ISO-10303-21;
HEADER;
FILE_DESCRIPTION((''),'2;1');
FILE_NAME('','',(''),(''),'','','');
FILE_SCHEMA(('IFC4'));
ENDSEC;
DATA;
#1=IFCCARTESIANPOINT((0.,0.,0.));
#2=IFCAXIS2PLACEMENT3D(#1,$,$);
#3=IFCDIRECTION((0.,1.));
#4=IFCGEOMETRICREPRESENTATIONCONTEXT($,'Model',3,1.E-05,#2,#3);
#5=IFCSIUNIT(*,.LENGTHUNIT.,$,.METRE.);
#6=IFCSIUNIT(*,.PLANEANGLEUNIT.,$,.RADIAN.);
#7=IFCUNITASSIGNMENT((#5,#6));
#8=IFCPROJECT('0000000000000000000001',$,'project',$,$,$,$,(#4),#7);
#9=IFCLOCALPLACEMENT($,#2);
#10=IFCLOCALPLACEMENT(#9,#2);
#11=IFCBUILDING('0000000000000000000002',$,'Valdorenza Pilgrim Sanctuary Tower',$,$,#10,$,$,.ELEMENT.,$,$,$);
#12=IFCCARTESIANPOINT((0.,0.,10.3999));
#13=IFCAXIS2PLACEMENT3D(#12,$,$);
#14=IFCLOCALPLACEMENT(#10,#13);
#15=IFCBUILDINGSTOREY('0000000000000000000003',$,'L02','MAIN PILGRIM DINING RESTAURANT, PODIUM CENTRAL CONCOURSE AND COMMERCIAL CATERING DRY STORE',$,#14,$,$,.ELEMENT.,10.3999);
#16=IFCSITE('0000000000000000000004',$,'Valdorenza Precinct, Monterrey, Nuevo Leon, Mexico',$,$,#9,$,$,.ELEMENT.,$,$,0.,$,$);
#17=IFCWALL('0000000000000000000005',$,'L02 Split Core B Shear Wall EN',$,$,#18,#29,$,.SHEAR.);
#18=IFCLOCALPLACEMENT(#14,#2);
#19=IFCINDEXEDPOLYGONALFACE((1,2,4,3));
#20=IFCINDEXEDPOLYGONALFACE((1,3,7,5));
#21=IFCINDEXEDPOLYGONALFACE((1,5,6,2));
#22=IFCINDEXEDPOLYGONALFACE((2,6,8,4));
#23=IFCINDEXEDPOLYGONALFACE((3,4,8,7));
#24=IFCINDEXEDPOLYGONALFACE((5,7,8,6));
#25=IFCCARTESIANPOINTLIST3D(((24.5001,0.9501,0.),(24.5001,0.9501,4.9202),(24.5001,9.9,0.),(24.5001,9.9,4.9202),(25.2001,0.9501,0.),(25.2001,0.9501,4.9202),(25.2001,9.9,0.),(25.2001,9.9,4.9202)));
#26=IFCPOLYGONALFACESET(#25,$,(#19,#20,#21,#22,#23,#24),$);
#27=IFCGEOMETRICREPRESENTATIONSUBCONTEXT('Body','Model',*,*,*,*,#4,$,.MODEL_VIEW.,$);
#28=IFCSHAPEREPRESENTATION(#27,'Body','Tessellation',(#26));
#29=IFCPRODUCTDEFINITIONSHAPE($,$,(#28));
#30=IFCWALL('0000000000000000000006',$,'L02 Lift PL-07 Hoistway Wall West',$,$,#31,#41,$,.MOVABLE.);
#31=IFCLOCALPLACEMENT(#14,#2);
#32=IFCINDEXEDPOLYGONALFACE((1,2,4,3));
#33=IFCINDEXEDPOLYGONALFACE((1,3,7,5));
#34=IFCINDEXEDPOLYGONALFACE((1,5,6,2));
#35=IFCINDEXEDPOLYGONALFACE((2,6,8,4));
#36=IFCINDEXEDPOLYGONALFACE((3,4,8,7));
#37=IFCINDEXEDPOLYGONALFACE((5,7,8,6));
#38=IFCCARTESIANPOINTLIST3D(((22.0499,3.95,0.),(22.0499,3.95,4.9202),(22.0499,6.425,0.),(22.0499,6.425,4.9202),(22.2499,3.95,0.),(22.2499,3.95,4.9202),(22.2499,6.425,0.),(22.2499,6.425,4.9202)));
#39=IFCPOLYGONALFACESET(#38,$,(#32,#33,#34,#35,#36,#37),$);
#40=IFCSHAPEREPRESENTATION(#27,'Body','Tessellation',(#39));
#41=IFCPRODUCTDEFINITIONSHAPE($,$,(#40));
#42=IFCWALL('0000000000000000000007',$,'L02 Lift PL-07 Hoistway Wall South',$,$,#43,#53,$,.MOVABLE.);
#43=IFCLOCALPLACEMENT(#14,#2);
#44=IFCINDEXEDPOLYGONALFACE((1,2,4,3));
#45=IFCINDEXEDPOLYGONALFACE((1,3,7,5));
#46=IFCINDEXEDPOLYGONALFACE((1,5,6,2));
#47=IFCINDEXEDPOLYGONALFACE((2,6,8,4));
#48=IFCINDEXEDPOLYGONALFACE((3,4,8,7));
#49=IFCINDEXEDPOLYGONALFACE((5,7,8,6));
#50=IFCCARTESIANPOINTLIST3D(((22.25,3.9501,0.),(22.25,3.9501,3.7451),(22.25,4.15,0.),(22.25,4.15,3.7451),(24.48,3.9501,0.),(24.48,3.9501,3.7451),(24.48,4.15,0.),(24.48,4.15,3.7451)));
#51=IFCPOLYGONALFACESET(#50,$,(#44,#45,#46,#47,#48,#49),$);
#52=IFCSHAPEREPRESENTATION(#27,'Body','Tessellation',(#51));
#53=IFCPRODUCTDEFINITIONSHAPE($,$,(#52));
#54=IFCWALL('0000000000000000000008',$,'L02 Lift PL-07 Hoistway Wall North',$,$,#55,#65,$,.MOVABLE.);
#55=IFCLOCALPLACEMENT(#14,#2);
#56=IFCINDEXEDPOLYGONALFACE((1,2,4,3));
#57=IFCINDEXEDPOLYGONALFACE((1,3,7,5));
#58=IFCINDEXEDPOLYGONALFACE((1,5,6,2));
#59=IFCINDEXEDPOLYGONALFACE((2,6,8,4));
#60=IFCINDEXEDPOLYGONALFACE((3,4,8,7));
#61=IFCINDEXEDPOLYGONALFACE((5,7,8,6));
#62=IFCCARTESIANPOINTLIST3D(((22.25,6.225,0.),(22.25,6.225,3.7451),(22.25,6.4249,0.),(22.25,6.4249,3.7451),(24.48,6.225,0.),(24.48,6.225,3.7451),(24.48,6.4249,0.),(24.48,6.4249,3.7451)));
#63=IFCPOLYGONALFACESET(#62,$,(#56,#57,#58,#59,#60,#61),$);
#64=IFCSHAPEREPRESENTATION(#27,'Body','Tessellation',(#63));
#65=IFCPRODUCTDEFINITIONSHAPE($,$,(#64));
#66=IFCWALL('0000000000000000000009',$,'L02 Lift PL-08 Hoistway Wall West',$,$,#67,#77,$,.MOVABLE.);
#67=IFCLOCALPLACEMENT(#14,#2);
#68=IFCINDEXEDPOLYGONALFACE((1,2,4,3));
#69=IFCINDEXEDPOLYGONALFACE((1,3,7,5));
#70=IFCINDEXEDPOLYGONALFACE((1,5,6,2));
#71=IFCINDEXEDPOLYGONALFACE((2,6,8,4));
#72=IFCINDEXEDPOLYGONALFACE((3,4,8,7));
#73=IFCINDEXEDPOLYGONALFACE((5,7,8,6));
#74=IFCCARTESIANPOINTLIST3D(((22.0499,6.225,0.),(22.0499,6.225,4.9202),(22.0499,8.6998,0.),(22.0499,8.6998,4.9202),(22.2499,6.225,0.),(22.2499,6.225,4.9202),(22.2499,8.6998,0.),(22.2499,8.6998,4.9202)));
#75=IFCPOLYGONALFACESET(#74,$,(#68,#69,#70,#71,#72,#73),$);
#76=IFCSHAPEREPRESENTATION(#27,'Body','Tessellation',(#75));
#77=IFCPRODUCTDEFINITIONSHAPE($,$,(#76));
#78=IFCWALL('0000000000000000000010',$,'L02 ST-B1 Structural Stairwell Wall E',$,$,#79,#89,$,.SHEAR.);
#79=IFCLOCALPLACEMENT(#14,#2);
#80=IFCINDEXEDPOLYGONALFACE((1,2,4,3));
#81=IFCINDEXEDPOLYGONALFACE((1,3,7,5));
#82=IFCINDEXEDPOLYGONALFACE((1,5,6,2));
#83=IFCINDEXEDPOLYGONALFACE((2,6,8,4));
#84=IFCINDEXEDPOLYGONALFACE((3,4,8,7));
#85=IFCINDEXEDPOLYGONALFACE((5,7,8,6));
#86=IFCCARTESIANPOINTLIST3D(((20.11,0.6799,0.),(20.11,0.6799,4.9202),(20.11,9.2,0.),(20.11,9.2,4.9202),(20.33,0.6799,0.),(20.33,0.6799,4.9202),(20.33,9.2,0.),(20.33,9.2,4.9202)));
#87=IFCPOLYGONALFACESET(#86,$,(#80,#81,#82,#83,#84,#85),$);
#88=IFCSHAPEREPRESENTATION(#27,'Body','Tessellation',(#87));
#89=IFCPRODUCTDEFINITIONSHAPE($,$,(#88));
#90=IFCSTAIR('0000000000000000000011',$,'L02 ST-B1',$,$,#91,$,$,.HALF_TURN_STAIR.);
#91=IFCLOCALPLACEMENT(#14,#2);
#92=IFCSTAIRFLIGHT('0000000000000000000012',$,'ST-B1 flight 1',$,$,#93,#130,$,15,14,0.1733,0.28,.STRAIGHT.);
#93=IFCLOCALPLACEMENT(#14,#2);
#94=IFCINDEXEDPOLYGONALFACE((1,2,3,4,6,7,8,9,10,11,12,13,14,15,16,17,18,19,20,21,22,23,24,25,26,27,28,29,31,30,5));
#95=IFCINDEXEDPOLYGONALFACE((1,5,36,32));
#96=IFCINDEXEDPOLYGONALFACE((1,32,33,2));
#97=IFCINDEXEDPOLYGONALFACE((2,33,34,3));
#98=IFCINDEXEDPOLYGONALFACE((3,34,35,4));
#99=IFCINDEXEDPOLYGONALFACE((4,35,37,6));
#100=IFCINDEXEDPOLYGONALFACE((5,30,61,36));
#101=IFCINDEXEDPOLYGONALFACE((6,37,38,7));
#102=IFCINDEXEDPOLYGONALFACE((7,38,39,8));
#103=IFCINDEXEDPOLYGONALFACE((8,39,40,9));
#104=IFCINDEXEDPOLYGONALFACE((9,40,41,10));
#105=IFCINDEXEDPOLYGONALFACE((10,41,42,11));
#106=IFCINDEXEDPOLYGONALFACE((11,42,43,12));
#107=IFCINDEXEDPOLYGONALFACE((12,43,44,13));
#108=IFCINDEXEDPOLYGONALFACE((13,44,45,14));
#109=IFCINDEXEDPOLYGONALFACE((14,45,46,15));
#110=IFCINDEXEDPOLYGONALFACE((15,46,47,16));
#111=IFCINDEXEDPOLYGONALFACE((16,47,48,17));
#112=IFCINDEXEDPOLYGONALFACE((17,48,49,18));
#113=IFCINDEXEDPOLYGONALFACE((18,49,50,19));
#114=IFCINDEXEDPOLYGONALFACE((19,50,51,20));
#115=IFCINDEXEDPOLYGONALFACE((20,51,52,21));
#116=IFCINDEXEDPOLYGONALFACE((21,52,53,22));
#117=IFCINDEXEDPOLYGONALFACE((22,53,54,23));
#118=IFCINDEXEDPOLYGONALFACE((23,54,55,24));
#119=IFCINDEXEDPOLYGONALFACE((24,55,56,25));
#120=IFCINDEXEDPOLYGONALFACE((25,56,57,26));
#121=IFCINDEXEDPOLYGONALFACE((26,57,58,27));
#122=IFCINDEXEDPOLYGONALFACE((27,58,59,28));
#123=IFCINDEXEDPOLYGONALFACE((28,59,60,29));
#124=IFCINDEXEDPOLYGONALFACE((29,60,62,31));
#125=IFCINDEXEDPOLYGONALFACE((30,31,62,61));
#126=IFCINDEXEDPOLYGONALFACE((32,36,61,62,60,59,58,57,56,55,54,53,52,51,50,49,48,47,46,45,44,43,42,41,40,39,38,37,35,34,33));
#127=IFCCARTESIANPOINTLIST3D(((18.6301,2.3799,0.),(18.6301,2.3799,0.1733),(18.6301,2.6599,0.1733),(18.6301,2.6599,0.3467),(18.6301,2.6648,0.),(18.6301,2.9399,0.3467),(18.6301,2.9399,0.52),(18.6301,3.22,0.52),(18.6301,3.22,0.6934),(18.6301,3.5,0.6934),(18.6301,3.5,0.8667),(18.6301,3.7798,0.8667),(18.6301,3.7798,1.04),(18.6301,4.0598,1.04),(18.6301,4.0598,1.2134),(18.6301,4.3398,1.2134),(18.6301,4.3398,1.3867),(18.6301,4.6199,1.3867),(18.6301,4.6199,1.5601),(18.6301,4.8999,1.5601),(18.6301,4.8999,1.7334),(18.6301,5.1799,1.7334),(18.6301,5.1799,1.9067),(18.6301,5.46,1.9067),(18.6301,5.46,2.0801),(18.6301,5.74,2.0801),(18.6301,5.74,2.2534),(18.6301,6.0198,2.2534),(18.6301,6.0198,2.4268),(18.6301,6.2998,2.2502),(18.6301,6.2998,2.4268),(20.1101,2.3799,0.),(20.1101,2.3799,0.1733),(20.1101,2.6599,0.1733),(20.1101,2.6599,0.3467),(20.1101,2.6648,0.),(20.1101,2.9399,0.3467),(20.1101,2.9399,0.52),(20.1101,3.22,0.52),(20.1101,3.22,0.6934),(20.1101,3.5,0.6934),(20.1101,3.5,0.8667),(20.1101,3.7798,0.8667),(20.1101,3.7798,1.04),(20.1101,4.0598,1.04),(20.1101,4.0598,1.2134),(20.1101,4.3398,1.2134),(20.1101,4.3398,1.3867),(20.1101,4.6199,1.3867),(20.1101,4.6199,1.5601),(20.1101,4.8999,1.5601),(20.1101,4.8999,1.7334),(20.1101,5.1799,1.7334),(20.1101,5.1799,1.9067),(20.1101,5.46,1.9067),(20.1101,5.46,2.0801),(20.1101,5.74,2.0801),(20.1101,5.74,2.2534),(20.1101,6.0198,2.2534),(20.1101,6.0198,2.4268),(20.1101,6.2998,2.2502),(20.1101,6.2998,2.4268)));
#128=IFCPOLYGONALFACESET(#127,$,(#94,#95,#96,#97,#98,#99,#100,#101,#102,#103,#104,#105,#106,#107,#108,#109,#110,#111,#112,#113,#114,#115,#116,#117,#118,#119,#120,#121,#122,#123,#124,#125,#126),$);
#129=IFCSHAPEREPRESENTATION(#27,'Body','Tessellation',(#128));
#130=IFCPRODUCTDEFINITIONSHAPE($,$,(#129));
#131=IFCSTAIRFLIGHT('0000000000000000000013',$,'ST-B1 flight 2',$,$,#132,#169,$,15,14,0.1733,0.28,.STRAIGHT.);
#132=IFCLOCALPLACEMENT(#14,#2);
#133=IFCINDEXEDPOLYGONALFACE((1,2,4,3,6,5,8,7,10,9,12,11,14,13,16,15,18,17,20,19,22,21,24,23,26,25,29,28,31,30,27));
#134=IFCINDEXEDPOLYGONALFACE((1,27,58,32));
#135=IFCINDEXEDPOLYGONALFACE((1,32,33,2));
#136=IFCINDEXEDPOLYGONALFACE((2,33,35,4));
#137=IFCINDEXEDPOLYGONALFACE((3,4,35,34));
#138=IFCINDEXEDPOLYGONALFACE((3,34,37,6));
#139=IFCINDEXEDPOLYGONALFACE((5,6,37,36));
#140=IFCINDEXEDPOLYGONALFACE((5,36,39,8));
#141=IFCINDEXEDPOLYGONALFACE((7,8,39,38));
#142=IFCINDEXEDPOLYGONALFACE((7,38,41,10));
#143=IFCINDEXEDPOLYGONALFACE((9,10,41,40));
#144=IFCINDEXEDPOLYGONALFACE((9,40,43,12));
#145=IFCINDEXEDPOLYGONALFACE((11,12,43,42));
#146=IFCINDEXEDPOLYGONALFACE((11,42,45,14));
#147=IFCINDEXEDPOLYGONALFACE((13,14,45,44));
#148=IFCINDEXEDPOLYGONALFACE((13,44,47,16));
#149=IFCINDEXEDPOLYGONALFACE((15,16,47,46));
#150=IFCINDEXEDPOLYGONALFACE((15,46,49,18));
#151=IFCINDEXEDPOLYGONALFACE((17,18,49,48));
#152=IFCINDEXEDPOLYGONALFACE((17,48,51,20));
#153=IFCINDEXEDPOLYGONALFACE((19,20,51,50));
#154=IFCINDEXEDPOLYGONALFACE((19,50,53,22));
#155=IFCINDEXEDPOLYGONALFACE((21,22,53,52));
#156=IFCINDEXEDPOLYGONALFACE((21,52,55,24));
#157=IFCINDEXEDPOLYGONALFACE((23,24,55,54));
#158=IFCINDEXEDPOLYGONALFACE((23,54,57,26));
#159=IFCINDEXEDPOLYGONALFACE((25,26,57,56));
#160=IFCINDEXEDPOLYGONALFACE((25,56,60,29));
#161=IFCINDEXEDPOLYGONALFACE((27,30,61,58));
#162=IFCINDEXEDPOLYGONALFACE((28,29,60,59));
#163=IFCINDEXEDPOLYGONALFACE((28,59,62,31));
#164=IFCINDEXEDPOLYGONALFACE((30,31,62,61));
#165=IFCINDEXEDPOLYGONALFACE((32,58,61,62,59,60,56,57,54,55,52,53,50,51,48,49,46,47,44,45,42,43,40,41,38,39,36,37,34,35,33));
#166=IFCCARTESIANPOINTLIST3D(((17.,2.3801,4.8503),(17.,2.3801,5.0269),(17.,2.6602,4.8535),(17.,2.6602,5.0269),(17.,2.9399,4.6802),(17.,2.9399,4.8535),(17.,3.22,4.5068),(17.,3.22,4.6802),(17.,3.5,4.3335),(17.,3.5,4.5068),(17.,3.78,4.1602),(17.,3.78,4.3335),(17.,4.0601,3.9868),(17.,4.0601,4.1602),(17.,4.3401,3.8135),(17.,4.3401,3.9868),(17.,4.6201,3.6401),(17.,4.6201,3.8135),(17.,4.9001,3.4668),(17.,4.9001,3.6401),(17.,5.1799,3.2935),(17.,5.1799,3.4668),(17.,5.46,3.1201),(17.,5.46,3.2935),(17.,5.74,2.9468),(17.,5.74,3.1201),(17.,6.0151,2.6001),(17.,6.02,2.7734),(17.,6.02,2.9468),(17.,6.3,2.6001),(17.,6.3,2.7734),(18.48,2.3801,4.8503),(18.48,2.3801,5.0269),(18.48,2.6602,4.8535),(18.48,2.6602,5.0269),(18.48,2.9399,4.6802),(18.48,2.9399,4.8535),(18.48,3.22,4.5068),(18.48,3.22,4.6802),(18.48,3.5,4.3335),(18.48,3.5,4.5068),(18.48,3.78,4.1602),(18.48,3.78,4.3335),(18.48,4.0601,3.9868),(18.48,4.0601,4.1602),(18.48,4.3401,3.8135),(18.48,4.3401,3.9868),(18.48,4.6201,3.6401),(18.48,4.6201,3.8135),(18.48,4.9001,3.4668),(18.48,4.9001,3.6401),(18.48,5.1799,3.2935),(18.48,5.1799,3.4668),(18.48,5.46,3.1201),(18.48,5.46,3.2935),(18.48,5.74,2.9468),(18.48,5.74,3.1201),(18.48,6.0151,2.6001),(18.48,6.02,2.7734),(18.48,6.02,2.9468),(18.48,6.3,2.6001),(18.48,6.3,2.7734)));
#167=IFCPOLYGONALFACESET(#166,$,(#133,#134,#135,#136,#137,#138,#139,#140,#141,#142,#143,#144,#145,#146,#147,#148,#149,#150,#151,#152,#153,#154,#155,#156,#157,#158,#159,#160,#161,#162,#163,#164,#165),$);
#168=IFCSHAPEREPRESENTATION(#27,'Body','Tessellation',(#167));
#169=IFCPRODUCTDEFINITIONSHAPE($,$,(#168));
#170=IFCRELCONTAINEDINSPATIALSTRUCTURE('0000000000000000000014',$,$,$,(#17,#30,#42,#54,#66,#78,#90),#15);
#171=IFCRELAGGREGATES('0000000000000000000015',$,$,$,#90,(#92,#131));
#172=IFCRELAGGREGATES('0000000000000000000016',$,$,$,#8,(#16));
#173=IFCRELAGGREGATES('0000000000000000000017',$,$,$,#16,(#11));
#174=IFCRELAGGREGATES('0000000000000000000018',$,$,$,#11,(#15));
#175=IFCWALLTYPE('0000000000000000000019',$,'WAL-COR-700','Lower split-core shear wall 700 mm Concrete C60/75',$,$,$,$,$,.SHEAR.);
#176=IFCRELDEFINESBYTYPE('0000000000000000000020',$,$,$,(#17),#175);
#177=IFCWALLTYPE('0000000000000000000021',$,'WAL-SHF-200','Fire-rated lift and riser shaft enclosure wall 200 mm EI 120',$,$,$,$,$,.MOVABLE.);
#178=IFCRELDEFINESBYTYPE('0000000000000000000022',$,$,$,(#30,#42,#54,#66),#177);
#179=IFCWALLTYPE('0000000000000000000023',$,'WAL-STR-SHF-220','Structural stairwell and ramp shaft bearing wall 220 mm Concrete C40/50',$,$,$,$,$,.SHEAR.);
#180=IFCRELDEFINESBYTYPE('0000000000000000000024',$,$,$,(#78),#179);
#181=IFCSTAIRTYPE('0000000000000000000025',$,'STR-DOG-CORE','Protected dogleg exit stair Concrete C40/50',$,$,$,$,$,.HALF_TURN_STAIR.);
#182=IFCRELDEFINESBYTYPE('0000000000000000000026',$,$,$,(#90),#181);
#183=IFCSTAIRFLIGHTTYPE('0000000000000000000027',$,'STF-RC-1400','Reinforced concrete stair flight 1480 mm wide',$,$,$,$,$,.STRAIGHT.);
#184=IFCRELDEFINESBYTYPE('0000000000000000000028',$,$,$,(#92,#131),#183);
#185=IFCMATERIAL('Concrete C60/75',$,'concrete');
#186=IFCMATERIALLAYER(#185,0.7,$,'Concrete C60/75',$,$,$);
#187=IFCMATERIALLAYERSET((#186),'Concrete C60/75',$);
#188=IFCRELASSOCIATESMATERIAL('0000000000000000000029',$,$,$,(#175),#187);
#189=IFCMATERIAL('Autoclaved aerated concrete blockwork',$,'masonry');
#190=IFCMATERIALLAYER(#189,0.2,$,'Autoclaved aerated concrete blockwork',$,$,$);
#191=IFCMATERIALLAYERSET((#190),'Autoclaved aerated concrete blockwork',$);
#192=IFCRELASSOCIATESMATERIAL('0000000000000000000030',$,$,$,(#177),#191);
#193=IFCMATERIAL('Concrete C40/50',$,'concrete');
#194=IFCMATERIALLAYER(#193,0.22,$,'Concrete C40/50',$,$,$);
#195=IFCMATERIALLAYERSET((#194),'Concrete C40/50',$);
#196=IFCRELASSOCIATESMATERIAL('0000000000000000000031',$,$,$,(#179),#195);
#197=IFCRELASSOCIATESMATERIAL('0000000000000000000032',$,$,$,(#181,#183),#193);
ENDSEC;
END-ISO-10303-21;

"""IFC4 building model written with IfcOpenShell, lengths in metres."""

from ifc_helpers import new_model, si_unit, direction, frame, frame_2d, origin, place, context, subcontext, project, spatial, polyline, rectangle, outline, extrude, material, layer, layer_set, type_object, element, aggregate, save


model = new_model("IFC4")

# Units and contexts
model_context = context("Model", 3, precision=1e-05, world=origin(), true_north=direction((0.0, 1.0)))
body_context = subcontext(model_context, "Body", "Model", "MODEL_VIEW")
ifc_project = project(units=[si_unit("LENGTHUNIT", "METRE"), si_unit("PLANEANGLEUNIT", "RADIAN")], contexts=[model_context])

# Site, building, storey
site_placement = place(None, origin())
site = spatial("IfcSite", under=ifc_project, at=site_placement, Name="Valdorenza Precinct, Monterrey, Nuevo Leon, Mexico", CompositionType="ELEMENT", RefElevation=0.0)
building_placement = place(site_placement, origin())
building = spatial("IfcBuilding", under=site, at=building_placement, Name="Valdorenza Pilgrim Sanctuary Tower", CompositionType="ELEMENT")
storey_placement = place(building_placement, frame((0.0, 0.0, 10.3999)))
storey = spatial("IfcBuildingStorey", under=building, at=storey_placement, Name="L02", Description="MAIN PILGRIM DINING RESTAURANT, PODIUM CENTRAL CONCOURSE AND COMMERCIAL CATERING DRY STORE", CompositionType="ELEMENT", Elevation=10.3999)

# Walls
ifc_material_1 = material(Name="Concrete C60/75", Category="concrete")
ifc_layer_1 = layer(ifc_material_1, 0.7, Name="Concrete C60/75")
ifc_layer_set_1 = layer_set([ifc_layer_1], Name="Concrete C60/75")
wall_type_1 = type_object("IfcWallType", Name="WAL-COR-700", Description="Lower split-core shear wall 700 mm Concrete C60/75", PredefinedType="SHEAR", material=ifc_layer_set_1)
wall_1_placement = place(storey_placement, frame((24.8501, 0.95, 0.0), z_axis=(0.0, 0.0, 1.0), x_axis=(0.0, 1.0, 0.0)))
element("IfcWall", 1, at=wall_1_placement, inside=storey, type_object=wall_type_1, Name="L02 Split Core B Shear Wall EN", PredefinedType="SHEAR", context=body_context, shape_type="SweptSolid", body=[
    extrude(rectangle(XDim=8.95, YDim=0.7, at=frame_2d((4.4751, 0.0))), origin(), (0.0, 0.0, 1.0), 4.9202),
])
ifc_material_2 = material(Name="Autoclaved aerated concrete blockwork", Category="masonry")
ifc_layer_2 = layer(ifc_material_2, 0.2, Name="Autoclaved aerated concrete blockwork")
ifc_layer_set_2 = layer_set([ifc_layer_2], Name="Autoclaved aerated concrete blockwork")
wall_type_2 = type_object("IfcWallType", Name="WAL-SHF-200", Description="Fire-rated lift and riser shaft enclosure wall 200 mm EI 120", PredefinedType="MOVABLE", material=ifc_layer_set_2)
wall_2_placement = place(storey_placement, frame((22.1499, 3.95, 0.0), z_axis=(0.0, 0.0, 1.0), x_axis=(0.0, 1.0, 0.0)))
element("IfcWall", 2, at=wall_2_placement, inside=storey, type_object=wall_type_2, Name="L02 Lift PL-07 Hoistway Wall West", PredefinedType="MOVABLE", context=body_context, shape_type="SweptSolid", body=[
    extrude(rectangle(XDim=2.4751, YDim=0.2, at=frame_2d((1.2375, 0.0))), origin(), (0.0, 0.0, 1.0), 4.9202),
])
for number, where, z_axis, x_axis, name in (
    (3, (22.25, 4.05, 0.0), (0.0, 0.0, 1.0), (1.0, 0.0, 0.0), "L02 Lift PL-07 Hoistway Wall South"),
    (4, (22.25, 6.325, 0.0), (0.0, 0.0, 1.0), (1.0, 0.0, 0.0), "L02 Lift PL-07 Hoistway Wall North"),
):
    element("IfcWall", number, at=place(storey_placement, frame(where, z_axis=z_axis, x_axis=x_axis)), inside=storey, type_object=wall_type_2, Name=name, PredefinedType="MOVABLE", context=body_context, shape_type="SweptSolid", body=[
        extrude(rectangle(XDim=2.23, YDim=0.2, at=frame_2d((1.115, 0.0))), origin(), (0.0, 0.0, 1.0), 3.7451),
    ])
wall_3_placement = place(storey_placement, frame((22.1499, 6.2251, 0.0), z_axis=(0.0, 0.0, 1.0), x_axis=(0.0, 1.0, 0.0)))
element("IfcWall", 5, at=wall_3_placement, inside=storey, type_object=wall_type_2, Name="L02 Lift PL-08 Hoistway Wall West", PredefinedType="MOVABLE", context=body_context, shape_type="SweptSolid", body=[
    extrude(rectangle(XDim=2.4749, YDim=0.2, at=frame_2d((1.2373, 0.0))), origin(), (0.0, 0.0, 1.0), 4.9202),
])
ifc_material_3 = material(Name="Concrete C40/50", Category="concrete")
ifc_layer_3 = layer(ifc_material_3, 0.22, Name="Concrete C40/50")
ifc_layer_set_3 = layer_set([ifc_layer_3], Name="Concrete C40/50")
wall_type_3 = type_object("IfcWallType", Name="WAL-STR-SHF-220", Description="Structural stairwell and ramp shaft bearing wall 220 mm Concrete C40/50", PredefinedType="SHEAR", material=ifc_layer_set_3)
wall_4_placement = place(storey_placement, frame((20.22, 0.6799, 0.0), z_axis=(0.0, 0.0, 1.0), x_axis=(0.0, 1.0, 0.0)))
element("IfcWall", 6, at=wall_4_placement, inside=storey, type_object=wall_type_3, Name="L02 ST-B1 Structural Stairwell Wall E", PredefinedType="SHEAR", context=body_context, shape_type="SweptSolid", body=[
    extrude(rectangle(XDim=8.52, YDim=0.22, at=frame_2d((4.26, 0.0))), origin(), (0.0, 0.0, 1.0), 4.9202),
])

# Stair, stair flights
stair_type = type_object("IfcStairType", Name="STR-DOG-CORE", Description="Protected dogleg exit stair Concrete C40/50", PredefinedType="HALF_TURN_STAIR", material=ifc_material_3)
stair_placement = place(storey_placement, origin())
stair = element("IfcStair", 7, at=stair_placement, inside=storey, type_object=stair_type, Name="L02 ST-B1", PredefinedType="HALF_TURN_STAIR")
stair_flight_type = type_object("IfcStairFlightType", Name="STF-RC-1400", Description="Reinforced concrete stair flight 1480 mm wide", PredefinedType="STRAIGHT", material=ifc_material_3)
stair_flight_1_placement = place(storey_placement, frame((19.3701, 2.3799, 0.0), z_axis=(0.0, 0.0, 1.0), x_axis=(0.0, 1.0, 0.0)))
stair_flight_1 = element("IfcStairFlight", 8, at=stair_flight_1_placement, type_object=stair_flight_type, Name="ST-B1 flight 1", NumberOfRisers=15, NumberOfTreads=14, PredefinedType="STRAIGHT", RiserHeight=0.1733, TreadLength=0.28, context=body_context, shape_type="SweptSolid", body=[
    extrude(outline(polyline([(0.0, 0.0), (0.0, 0.1733), (0.28, 0.1733), (0.28, 0.3467), (0.5601, 0.3467), (0.5601, 0.52), (0.8401, 0.52), (0.8401, 0.6934), (1.1201, 0.6934), (1.1201, 0.8667), (1.3999, 0.8667), (1.3999, 1.04), (1.6799, 1.04), (1.6799, 1.2134), (1.96, 1.2134), (1.96, 1.3867), (2.24, 1.3867), (2.24, 1.5601), (2.52, 1.5601), (2.52, 1.7334), (2.8, 1.7334), (2.8, 1.9067), (3.0801, 1.9067), (3.0801, 2.0801), (3.3601, 2.0801), (3.3601, 2.2534), (3.6399, 2.2534), (3.6399, 2.4268), (3.9199, 2.4268), (3.9199, 2.6001), (3.9199, 2.2502), (0.2849, 0.0), (0.0, 0.0)])), frame((0.0, 0.74, 0.0), z_axis=(0.0, -1.0, 0.0), x_axis=(1.0, 0.0, 0.0)), (0.0, 0.0, 1.0), 1.48),
])
stair_flight_2_placement = place(storey_placement, frame((17.74, 6.3, 2.6001), z_axis=(0.0, 0.0, 1.0), x_axis=(0.0, -1.0, 0.0)))
stair_flight_2 = element("IfcStairFlight", 9, at=stair_flight_2_placement, type_object=stair_flight_type, Name="ST-B1 flight 2", NumberOfRisers=15, NumberOfTreads=14, PredefinedType="STRAIGHT", RiserHeight=0.1733, TreadLength=0.28, context=body_context, shape_type="SweptSolid", body=[
    extrude(outline(polyline([(0.0, 0.0), (0.0, 0.1733), (0.28, 0.1733), (0.28, 0.3467), (0.5601, 0.3467), (0.5601, 0.52), (0.8401, 0.52), (0.8401, 0.6934), (1.1201, 0.6934), (1.1201, 0.8667), (1.3999, 0.8667), (1.3999, 1.04), (1.6799, 1.04), (1.6799, 1.2134), (1.96, 1.2134), (1.96, 1.3867), (2.24, 1.3867), (2.24, 1.5601), (2.52, 1.5601), (2.52, 1.7334), (2.8, 1.7334), (2.8, 1.9067), (3.0801, 1.9067), (3.0801, 2.0801), (3.3601, 2.0801), (3.3601, 2.2534), (3.6399, 2.2534), (3.6399, 2.4268), (3.9199, 2.4268), (3.9199, 2.6001), (3.9199, 2.2502), (0.2849, 0.0), (0.0, 0.0)])), frame((0.0, 0.74, 0.0), z_axis=(0.0, -1.0, 0.0), x_axis=(1.0, 0.0, 0.0)), (0.0, 0.0, 1.0), 1.48),
])
aggregate(stair, [stair_flight_1, stair_flight_2])

save(model, "model.ifc")
